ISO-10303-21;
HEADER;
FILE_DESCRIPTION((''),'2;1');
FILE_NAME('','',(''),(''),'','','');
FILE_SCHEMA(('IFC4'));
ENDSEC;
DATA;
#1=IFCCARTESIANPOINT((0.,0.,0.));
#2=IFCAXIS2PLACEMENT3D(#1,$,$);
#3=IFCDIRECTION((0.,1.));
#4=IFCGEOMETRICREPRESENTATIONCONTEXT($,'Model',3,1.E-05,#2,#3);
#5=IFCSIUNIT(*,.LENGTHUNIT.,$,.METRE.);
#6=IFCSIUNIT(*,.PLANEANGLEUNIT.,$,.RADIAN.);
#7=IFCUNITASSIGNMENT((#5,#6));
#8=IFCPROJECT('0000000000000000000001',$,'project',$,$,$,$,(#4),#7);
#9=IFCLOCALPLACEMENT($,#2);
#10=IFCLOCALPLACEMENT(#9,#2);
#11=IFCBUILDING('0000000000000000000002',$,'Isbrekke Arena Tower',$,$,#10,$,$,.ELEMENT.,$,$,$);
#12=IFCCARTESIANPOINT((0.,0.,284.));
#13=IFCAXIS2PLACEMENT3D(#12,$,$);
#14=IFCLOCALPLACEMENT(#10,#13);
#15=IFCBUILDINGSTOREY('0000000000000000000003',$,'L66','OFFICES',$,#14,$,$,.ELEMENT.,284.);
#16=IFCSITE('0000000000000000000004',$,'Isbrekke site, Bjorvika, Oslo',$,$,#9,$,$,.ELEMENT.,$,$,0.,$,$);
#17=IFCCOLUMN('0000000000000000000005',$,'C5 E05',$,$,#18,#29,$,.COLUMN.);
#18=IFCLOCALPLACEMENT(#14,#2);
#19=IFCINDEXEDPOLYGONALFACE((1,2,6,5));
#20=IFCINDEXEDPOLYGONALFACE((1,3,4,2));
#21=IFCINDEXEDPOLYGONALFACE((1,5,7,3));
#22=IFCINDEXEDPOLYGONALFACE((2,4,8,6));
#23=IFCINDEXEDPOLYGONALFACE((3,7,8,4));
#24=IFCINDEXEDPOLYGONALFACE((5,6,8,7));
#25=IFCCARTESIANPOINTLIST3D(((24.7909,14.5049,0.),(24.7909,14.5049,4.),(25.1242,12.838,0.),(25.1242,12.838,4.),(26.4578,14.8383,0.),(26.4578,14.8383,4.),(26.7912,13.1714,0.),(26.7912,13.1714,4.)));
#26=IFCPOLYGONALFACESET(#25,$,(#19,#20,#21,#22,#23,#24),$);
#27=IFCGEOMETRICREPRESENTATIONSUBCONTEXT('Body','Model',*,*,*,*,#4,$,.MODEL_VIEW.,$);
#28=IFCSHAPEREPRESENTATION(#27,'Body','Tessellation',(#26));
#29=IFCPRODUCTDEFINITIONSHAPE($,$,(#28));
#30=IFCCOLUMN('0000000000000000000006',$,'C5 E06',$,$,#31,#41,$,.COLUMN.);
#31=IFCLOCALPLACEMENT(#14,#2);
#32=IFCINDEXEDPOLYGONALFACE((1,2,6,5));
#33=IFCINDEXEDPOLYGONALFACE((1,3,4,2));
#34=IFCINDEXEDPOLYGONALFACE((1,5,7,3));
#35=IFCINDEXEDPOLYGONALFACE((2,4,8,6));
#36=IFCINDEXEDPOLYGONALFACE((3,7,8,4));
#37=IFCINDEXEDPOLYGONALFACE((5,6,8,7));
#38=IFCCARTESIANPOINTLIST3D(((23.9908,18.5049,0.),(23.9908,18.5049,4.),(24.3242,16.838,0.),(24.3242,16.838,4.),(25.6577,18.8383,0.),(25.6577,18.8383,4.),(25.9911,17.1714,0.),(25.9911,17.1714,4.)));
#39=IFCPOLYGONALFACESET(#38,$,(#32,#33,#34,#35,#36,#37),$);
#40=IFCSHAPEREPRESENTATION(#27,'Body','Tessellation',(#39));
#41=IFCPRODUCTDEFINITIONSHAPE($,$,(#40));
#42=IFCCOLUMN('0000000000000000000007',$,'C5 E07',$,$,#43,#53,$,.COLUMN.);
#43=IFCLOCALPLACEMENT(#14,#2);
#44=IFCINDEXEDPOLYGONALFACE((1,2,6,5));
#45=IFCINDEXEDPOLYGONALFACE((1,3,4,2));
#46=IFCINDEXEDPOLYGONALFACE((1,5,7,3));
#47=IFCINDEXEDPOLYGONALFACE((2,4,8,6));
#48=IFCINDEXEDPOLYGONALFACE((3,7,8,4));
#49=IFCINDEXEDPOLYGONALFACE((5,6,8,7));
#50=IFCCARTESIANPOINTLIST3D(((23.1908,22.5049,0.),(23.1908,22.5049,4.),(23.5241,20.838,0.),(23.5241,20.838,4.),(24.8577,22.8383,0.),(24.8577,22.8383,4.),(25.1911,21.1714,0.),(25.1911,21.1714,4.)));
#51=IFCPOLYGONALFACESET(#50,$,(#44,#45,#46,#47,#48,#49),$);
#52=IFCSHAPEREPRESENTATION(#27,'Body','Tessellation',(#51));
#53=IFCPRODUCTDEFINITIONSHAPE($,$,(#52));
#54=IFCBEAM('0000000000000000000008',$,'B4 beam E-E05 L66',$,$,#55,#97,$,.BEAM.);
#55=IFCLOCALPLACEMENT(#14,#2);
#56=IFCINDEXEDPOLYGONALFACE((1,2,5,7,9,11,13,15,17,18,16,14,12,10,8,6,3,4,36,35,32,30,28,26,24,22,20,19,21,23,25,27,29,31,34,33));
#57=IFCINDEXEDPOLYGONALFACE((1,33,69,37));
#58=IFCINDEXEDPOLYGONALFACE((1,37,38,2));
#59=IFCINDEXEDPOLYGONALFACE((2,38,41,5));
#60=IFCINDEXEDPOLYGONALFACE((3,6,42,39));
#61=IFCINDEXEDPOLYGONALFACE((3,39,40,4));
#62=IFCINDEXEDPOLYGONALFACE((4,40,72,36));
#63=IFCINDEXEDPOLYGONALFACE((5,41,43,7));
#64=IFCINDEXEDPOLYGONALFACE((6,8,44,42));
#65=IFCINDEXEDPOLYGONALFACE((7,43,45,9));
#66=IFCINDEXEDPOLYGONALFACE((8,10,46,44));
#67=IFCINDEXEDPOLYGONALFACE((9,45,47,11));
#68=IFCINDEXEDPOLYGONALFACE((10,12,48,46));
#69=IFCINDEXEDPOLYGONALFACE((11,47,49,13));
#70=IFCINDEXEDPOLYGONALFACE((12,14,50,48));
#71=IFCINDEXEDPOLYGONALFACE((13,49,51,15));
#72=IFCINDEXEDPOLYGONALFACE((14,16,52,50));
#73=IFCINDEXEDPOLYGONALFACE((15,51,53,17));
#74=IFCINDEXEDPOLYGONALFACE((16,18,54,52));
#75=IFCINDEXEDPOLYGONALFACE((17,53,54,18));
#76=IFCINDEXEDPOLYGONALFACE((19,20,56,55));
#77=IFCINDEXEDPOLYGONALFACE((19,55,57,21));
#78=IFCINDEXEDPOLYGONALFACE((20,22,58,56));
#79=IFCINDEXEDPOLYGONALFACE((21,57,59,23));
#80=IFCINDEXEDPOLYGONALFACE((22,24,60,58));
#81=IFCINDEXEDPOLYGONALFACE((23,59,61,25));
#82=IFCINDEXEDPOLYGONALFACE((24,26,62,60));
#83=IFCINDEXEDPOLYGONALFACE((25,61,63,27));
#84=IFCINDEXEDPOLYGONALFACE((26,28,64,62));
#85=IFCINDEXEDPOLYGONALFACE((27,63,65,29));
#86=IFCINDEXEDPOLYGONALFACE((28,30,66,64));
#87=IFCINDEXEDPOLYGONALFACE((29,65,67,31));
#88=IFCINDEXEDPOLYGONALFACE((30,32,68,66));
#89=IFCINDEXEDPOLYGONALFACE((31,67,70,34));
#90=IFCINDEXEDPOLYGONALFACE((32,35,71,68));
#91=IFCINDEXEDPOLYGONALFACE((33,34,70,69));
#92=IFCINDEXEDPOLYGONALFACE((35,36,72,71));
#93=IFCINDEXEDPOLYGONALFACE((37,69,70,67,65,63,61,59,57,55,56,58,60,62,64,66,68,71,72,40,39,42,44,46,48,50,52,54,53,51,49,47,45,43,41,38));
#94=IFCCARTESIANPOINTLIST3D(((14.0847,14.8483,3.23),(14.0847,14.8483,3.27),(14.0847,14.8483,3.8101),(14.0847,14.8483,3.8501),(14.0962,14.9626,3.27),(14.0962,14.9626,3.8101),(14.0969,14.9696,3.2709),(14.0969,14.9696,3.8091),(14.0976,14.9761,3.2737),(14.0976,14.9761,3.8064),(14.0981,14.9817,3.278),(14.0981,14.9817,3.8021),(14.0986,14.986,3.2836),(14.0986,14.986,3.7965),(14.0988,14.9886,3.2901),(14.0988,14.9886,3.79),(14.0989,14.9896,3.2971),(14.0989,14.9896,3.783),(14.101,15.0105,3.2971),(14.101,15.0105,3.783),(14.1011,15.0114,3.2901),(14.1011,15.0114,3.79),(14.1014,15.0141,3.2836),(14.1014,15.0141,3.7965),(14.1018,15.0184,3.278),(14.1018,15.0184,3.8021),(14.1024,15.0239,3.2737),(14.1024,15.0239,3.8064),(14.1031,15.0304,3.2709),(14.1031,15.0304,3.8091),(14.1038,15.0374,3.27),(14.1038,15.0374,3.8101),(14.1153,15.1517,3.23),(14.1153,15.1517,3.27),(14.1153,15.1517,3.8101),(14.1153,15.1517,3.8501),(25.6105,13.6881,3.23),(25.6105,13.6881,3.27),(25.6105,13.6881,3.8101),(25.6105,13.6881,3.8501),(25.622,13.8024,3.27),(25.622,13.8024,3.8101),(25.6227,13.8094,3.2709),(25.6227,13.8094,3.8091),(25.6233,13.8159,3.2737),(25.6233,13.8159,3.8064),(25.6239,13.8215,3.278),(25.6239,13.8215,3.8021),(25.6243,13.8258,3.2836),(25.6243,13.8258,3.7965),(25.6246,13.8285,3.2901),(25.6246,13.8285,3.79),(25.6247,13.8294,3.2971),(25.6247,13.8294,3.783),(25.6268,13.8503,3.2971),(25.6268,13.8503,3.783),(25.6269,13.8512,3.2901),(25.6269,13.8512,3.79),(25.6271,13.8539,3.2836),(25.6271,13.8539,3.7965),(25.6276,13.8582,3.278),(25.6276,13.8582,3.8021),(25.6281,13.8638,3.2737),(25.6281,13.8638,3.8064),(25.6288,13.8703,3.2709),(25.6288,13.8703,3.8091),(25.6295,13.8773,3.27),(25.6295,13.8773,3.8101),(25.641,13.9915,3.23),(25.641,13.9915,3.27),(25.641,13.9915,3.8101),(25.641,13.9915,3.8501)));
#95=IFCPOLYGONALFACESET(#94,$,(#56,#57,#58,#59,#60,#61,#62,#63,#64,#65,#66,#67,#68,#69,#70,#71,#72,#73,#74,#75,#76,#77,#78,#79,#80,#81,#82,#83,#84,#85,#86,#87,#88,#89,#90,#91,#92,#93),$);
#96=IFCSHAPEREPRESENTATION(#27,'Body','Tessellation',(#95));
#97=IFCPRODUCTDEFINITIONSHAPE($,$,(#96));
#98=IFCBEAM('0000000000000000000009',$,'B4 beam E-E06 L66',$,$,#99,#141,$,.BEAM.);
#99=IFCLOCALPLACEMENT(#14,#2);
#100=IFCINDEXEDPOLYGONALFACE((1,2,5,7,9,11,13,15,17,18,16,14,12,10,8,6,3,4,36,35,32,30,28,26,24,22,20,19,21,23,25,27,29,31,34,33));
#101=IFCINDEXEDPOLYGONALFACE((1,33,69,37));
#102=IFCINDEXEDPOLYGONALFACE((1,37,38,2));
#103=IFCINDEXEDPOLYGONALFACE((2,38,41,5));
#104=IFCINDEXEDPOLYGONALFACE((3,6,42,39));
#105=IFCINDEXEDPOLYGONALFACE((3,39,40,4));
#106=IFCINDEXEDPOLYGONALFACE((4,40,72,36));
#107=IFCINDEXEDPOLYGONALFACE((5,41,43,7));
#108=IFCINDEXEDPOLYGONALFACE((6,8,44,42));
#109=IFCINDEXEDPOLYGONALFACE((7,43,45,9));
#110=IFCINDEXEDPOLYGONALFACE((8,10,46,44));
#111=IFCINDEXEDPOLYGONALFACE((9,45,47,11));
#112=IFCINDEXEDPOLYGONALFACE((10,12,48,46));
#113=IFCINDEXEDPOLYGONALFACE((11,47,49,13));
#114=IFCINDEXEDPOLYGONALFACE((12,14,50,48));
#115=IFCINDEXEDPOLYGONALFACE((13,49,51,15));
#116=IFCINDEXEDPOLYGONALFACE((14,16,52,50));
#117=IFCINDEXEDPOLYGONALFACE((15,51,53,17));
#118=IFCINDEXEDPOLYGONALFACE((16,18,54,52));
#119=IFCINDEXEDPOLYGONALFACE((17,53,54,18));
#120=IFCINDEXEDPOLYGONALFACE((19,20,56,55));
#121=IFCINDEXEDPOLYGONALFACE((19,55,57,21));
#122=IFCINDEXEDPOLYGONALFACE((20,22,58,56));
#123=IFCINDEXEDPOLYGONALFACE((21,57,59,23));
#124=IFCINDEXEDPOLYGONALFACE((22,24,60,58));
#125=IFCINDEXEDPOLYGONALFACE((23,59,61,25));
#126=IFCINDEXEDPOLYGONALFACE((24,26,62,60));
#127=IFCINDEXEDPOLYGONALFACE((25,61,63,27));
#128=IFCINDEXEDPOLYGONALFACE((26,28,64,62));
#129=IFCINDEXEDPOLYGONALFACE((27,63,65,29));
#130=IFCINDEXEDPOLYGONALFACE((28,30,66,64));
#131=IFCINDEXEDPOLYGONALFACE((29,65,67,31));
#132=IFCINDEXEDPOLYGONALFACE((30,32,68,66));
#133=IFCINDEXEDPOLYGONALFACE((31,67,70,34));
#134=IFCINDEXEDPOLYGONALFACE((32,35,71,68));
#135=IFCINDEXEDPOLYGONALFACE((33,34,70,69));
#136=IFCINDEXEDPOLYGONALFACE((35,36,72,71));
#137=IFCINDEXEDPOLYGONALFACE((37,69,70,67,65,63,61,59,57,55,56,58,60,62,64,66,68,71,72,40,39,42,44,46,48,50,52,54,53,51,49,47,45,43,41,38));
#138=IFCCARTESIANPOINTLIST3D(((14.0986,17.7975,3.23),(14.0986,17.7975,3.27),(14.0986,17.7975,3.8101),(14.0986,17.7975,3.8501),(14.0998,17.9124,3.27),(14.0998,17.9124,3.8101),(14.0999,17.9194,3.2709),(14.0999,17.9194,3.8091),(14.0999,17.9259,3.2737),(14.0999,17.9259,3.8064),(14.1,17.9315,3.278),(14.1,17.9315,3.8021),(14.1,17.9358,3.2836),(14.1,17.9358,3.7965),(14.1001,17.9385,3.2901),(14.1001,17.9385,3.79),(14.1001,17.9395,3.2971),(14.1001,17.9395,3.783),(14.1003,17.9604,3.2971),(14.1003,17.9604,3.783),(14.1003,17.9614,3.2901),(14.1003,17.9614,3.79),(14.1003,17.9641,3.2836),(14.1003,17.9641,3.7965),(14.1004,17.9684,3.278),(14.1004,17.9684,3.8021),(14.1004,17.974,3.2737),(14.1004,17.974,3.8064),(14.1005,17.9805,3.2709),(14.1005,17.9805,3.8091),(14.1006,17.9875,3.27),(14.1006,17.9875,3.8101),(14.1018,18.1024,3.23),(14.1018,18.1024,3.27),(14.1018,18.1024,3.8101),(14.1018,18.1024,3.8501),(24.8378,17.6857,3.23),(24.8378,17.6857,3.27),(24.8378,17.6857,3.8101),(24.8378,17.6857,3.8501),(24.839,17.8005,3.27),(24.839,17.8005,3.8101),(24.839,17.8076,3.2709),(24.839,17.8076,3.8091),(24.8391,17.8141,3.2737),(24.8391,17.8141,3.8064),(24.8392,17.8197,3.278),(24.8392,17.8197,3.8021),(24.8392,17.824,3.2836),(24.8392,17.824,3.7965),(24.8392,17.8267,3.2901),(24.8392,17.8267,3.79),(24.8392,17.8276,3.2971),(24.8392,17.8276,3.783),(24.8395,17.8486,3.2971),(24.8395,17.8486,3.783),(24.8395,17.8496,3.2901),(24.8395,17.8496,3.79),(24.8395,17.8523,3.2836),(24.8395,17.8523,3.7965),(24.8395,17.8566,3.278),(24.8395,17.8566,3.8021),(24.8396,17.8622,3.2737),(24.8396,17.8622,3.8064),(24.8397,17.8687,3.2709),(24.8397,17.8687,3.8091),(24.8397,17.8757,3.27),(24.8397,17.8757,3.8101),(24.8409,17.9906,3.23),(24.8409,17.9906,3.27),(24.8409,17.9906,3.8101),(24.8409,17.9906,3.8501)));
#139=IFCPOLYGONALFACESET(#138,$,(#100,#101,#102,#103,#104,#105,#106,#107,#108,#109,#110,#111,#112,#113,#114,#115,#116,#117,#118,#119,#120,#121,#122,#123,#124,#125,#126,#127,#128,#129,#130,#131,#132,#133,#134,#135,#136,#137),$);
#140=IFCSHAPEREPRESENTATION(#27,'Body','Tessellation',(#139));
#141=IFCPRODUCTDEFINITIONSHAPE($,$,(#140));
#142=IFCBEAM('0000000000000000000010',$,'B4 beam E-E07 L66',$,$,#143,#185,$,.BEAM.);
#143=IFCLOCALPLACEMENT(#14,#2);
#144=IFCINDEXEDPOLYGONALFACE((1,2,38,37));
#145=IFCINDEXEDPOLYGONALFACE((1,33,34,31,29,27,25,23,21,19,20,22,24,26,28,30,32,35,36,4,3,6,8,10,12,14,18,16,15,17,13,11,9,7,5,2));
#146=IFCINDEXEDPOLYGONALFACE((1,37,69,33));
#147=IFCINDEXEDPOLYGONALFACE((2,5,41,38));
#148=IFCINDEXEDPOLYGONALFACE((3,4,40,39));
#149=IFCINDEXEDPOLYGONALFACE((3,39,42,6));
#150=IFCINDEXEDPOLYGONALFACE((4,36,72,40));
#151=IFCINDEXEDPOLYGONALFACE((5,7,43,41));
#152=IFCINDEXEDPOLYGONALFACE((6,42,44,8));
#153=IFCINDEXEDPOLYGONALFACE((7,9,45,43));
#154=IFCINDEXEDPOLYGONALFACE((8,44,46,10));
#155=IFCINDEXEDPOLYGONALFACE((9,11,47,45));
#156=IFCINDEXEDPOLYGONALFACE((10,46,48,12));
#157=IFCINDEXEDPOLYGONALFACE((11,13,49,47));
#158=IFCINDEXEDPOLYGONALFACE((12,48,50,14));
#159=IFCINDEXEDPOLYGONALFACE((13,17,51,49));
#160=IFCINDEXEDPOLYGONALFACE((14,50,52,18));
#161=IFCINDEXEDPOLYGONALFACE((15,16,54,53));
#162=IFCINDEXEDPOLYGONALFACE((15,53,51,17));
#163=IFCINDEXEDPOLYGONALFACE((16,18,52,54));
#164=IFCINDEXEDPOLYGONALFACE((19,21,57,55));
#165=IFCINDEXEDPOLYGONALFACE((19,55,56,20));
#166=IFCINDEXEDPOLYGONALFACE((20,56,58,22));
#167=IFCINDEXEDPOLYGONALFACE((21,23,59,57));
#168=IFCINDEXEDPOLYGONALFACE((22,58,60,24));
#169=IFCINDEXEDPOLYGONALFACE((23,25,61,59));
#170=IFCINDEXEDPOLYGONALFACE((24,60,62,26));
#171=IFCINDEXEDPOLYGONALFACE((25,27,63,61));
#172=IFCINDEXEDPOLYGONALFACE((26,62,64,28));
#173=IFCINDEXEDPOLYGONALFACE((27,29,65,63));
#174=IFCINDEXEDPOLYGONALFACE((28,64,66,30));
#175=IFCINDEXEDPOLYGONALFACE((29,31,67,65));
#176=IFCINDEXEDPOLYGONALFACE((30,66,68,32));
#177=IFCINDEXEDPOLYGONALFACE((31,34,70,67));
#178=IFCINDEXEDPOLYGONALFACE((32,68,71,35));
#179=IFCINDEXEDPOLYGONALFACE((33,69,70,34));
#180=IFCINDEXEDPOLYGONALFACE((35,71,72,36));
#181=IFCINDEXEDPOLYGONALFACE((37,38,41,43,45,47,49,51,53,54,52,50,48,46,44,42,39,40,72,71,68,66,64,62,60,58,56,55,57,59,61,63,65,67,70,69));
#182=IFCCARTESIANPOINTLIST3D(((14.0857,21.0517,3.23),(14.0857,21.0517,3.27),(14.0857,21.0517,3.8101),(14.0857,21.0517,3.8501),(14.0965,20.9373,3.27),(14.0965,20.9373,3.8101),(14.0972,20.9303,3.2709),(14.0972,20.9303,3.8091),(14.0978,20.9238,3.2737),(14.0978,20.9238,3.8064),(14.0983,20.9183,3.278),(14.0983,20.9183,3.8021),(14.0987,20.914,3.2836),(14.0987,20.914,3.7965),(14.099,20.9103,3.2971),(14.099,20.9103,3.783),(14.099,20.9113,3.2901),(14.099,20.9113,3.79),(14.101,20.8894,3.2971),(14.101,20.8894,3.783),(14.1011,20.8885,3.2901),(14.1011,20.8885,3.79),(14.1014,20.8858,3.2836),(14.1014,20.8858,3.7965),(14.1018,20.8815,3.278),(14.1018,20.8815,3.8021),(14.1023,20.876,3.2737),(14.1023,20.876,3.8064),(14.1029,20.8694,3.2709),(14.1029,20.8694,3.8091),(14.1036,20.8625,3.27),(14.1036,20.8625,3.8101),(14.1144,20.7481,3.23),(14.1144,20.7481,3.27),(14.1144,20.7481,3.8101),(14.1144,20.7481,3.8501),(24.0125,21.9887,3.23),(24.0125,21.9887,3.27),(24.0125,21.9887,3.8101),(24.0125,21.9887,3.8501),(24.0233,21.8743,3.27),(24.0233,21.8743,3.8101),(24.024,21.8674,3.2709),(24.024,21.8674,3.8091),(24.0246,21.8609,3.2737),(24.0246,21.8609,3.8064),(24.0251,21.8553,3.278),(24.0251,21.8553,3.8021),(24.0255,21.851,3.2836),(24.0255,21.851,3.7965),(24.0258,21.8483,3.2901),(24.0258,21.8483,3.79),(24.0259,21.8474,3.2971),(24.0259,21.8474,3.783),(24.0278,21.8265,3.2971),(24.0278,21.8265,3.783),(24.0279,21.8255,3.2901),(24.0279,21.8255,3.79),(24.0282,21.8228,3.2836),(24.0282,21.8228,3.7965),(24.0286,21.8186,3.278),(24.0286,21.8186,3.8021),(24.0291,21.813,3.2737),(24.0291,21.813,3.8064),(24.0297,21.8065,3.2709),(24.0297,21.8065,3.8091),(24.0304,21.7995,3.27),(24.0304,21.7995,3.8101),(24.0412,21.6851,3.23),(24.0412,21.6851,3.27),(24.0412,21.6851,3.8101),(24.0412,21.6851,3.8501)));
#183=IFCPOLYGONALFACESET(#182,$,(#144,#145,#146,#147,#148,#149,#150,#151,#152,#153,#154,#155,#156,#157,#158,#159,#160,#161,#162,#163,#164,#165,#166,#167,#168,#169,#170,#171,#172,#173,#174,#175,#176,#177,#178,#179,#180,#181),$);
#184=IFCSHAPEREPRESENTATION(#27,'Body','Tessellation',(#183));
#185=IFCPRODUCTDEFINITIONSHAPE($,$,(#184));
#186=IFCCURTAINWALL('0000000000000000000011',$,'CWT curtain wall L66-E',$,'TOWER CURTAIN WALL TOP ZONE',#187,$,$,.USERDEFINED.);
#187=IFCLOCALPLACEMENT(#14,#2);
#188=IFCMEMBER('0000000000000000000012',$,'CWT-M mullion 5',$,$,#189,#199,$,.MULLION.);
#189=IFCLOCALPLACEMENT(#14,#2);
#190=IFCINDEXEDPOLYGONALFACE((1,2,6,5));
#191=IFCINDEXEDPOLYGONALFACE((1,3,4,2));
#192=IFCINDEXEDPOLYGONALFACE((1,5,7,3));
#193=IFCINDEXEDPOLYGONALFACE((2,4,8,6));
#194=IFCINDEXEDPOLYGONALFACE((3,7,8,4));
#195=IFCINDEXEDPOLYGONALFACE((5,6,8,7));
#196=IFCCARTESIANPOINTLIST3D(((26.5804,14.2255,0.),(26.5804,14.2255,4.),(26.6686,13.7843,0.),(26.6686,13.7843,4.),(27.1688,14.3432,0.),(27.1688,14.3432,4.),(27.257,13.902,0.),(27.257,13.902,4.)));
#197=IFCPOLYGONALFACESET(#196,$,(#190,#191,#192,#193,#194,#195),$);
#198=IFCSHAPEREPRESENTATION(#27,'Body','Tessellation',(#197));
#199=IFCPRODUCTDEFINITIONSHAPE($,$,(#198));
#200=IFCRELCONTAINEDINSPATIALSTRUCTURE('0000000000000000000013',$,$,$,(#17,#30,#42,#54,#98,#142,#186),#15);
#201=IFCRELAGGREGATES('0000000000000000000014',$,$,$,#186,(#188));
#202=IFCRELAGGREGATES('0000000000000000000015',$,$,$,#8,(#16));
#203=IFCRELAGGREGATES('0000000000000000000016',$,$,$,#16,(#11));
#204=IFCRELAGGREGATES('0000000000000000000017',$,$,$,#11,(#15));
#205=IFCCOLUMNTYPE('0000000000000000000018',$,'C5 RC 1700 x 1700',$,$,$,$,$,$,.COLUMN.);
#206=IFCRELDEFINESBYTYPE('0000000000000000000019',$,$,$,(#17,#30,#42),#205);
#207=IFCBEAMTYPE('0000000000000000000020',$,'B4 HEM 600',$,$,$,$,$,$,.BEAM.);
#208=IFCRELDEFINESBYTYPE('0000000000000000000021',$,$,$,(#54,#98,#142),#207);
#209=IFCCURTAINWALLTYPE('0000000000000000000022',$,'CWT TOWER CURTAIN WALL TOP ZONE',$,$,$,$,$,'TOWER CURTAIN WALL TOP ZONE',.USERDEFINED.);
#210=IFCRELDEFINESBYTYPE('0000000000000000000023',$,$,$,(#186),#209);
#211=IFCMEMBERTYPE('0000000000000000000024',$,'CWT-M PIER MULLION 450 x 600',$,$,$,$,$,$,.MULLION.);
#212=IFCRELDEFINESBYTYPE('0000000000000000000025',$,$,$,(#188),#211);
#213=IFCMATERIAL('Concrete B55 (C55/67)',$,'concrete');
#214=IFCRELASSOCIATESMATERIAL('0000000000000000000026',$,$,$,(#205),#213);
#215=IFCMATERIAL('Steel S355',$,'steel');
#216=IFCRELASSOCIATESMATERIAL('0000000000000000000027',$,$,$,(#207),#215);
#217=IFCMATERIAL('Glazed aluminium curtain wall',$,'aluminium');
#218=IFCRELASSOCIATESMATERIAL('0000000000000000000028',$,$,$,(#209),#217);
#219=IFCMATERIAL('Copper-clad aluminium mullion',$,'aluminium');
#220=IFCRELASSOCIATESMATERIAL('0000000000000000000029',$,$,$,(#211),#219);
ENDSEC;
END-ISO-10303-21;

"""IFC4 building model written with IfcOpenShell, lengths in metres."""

from ifc_helpers import new_model, si_unit, direction, frame, origin, origin_2d, place, context, subcontext, project, spatial, rectangle, i_section, extrude, material, material_profile, profile_set, type_object, element, aggregate, save


model = new_model("IFC4")

# Units and contexts
model_context = context("Model", 3, precision=1e-05, world=origin(), true_north=direction((0.0, 1.0)))
body_context = subcontext(model_context, "Body", "Model", "MODEL_VIEW")
ifc_project = project(units=[si_unit("LENGTHUNIT", "METRE"), si_unit("PLANEANGLEUNIT", "RADIAN")], contexts=[model_context])

# Site, building, storey
site_placement = place(None, origin())
site = spatial("IfcSite", under=ifc_project, at=site_placement, Name="Isbrekke site, Bjorvika, Oslo", CompositionType="ELEMENT", RefElevation=0.0)
building_placement = place(site_placement, origin())
building = spatial("IfcBuilding", under=site, at=building_placement, Name="Isbrekke Arena Tower", CompositionType="ELEMENT")
storey_placement = place(building_placement, frame((0.0, 0.0, 284.0)))
storey = spatial("IfcBuildingStorey", under=building, at=storey_placement, Name="L66", Description="OFFICES", CompositionType="ELEMENT", Elevation=284.0)

# Columns
ifc_material_1 = material(Name="Concrete B55 (C55/67)", Category="concrete")
ifc_material_profile_1 = material_profile(ifc_material_1, rectangle(XDim=1.7, YDim=1.7, at=origin_2d()), Name="RC 1700x1700")
ifc_profile_set_1 = profile_set([ifc_material_profile_1], Name="Concrete B55 (C55/67)")
column_type = type_object("IfcColumnType", Name="C5 RC 1700 x 1700", PredefinedType="COLUMN", material=ifc_profile_set_1)
for number, where, z_axis, x_axis, name in (
    (1, (25.791, 13.8381, 0.0), (0.0, 0.0, 1.0), (-0.196116, 0.980581, 0.0), "C5 E05"),
    (2, (24.991, 17.8381, 0.0), (0.0, 0.0, 1.0), (-0.196116, 0.980581, 0.0), "C5 E06"),
    (3, (24.1909, 21.8381, 0.0), (0.0, 0.0, 1.0), (-0.196116, 0.980581, 0.0), "C5 E07"),
):
    element("IfcColumn", number, at=place(storey_placement, frame(where, z_axis=z_axis, x_axis=x_axis)), inside=storey, type_object=column_type, Name=name, PredefinedType="COLUMN", context=body_context, shape_type="SweptSolid", body=[
        extrude(rectangle(XDim=1.7, YDim=1.7, at=origin_2d()), origin(), (0.0, 0.0, 1.0), 4.0),
    ])

# Beams
ifc_material_2 = material(Name="Steel S355", Category="steel")
ifc_material_profile_2 = material_profile(ifc_material_2, i_section(OverallWidth=0.3049, OverallDepth=0.6201, WebThickness=0.021, FlangeThickness=0.04, FilletRadius=0.0271, at=origin_2d()), Name="HEM 600")
ifc_profile_set_2 = profile_set([ifc_material_profile_2], Name="Steel S355")
beam_type_1 = type_object("IfcBeamType", Name="B4 HEM 600", PredefinedType="BEAM", material=ifc_profile_set_2)
beam_1_placement = place(storey_placement, frame((25.6257, 13.8398, 3.54), z_axis=(-0.994972, 0.100153, 0.0), x_axis=(-0.100153, -0.994972, 0.0)))
element("IfcBeam", 4, at=beam_1_placement, inside=storey, type_object=beam_type_1, Name="B4 beam E-E05 L66", PredefinedType="BEAM", context=body_context, shape_type="SweptSolid", body=[
    extrude(i_section(OverallWidth=0.3049, OverallDepth=0.6201, WebThickness=0.021, FlangeThickness=0.04, FilletRadius=0.0271, at=origin_2d()), origin(), (0.0, 0.0, 1.0), 11.584),
])
beam_2_placement = place(storey_placement, frame((24.8394, 17.8381, 3.54), z_axis=(-0.999946, 0.010411, 0.0), x_axis=(-0.010411, -0.999946, 0.0)))
element("IfcBeam", 5, at=beam_2_placement, inside=storey, type_object=beam_type_1, Name="B4 beam E-E06 L66", PredefinedType="BEAM", context=body_context, shape_type="SweptSolid", body=[
    extrude(i_section(OverallWidth=0.3049, OverallDepth=0.6201, WebThickness=0.021, FlangeThickness=0.04, FilletRadius=0.0271, at=origin_2d()), origin(), (0.0, 0.0, 1.0), 10.7397),
])
beam_3_placement = place(storey_placement, frame((24.0269, 21.8369, 3.54), z_axis=(-0.995575, -0.093975, 0.0), x_axis=(0.093975, -0.995575, 0.0)))
element("IfcBeam", 6, at=beam_3_placement, inside=storey, type_object=beam_type_1, Name="B4 beam E-E07 L66", PredefinedType="BEAM", context=body_context, shape_type="SweptSolid", body=[
    extrude(i_section(OverallWidth=0.3049, OverallDepth=0.6201, WebThickness=0.021, FlangeThickness=0.04, FilletRadius=0.0271, at=origin_2d()), origin(), (0.0, 0.0, 1.0), 9.9709),
])

# Curtain wall, member
ifc_material_3 = material(Name="Glazed aluminium curtain wall", Category="aluminium")
curtain_wall_type = type_object("IfcCurtainWallType", Name="CWT TOWER CURTAIN WALL TOP ZONE", ElementType="TOWER CURTAIN WALL TOP ZONE", PredefinedType="USERDEFINED", material=ifc_material_3)
curtain_wall_placement = place(storey_placement, origin())
curtain_wall = element("IfcCurtainWall", 7, at=curtain_wall_placement, inside=storey, type_object=curtain_wall_type, Name="CWT curtain wall L66-E", ObjectType="TOWER CURTAIN WALL TOP ZONE", PredefinedType="USERDEFINED")
ifc_material_4 = material(Name="Copper-clad aluminium mullion", Category="aluminium")
ifc_material_profile_3 = material_profile(ifc_material_4, rectangle(XDim=0.45, YDim=0.6001, at=origin_2d()), Name="PIER 450X600")
ifc_profile_set_3 = profile_set([ifc_material_profile_3], Name="Copper-clad aluminium mullion")
member_type_1 = type_object("IfcMemberType", Name="CWT-M PIER MULLION 450 x 600", PredefinedType="MULLION", material=ifc_profile_set_3)
member_1_placement = place(storey_placement, frame((26.9187, 14.0637, 0.0), z_axis=(0.0, 0.0, 1.0), x_axis=(-0.196116, 0.980581, 0.0)))
member_1 = element("IfcMember", 8, at=member_1_placement, type_object=member_type_1, Name="CWT-M mullion 5", PredefinedType="MULLION", context=body_context, shape_type="SweptSolid", body=[
    extrude(rectangle(XDim=0.45, YDim=0.6001, at=origin_2d()), origin(), (0.0, 0.0, 1.0), 4.0),
])

aggregate(curtain_wall, [member_1])

save(model, "model.ifc")
